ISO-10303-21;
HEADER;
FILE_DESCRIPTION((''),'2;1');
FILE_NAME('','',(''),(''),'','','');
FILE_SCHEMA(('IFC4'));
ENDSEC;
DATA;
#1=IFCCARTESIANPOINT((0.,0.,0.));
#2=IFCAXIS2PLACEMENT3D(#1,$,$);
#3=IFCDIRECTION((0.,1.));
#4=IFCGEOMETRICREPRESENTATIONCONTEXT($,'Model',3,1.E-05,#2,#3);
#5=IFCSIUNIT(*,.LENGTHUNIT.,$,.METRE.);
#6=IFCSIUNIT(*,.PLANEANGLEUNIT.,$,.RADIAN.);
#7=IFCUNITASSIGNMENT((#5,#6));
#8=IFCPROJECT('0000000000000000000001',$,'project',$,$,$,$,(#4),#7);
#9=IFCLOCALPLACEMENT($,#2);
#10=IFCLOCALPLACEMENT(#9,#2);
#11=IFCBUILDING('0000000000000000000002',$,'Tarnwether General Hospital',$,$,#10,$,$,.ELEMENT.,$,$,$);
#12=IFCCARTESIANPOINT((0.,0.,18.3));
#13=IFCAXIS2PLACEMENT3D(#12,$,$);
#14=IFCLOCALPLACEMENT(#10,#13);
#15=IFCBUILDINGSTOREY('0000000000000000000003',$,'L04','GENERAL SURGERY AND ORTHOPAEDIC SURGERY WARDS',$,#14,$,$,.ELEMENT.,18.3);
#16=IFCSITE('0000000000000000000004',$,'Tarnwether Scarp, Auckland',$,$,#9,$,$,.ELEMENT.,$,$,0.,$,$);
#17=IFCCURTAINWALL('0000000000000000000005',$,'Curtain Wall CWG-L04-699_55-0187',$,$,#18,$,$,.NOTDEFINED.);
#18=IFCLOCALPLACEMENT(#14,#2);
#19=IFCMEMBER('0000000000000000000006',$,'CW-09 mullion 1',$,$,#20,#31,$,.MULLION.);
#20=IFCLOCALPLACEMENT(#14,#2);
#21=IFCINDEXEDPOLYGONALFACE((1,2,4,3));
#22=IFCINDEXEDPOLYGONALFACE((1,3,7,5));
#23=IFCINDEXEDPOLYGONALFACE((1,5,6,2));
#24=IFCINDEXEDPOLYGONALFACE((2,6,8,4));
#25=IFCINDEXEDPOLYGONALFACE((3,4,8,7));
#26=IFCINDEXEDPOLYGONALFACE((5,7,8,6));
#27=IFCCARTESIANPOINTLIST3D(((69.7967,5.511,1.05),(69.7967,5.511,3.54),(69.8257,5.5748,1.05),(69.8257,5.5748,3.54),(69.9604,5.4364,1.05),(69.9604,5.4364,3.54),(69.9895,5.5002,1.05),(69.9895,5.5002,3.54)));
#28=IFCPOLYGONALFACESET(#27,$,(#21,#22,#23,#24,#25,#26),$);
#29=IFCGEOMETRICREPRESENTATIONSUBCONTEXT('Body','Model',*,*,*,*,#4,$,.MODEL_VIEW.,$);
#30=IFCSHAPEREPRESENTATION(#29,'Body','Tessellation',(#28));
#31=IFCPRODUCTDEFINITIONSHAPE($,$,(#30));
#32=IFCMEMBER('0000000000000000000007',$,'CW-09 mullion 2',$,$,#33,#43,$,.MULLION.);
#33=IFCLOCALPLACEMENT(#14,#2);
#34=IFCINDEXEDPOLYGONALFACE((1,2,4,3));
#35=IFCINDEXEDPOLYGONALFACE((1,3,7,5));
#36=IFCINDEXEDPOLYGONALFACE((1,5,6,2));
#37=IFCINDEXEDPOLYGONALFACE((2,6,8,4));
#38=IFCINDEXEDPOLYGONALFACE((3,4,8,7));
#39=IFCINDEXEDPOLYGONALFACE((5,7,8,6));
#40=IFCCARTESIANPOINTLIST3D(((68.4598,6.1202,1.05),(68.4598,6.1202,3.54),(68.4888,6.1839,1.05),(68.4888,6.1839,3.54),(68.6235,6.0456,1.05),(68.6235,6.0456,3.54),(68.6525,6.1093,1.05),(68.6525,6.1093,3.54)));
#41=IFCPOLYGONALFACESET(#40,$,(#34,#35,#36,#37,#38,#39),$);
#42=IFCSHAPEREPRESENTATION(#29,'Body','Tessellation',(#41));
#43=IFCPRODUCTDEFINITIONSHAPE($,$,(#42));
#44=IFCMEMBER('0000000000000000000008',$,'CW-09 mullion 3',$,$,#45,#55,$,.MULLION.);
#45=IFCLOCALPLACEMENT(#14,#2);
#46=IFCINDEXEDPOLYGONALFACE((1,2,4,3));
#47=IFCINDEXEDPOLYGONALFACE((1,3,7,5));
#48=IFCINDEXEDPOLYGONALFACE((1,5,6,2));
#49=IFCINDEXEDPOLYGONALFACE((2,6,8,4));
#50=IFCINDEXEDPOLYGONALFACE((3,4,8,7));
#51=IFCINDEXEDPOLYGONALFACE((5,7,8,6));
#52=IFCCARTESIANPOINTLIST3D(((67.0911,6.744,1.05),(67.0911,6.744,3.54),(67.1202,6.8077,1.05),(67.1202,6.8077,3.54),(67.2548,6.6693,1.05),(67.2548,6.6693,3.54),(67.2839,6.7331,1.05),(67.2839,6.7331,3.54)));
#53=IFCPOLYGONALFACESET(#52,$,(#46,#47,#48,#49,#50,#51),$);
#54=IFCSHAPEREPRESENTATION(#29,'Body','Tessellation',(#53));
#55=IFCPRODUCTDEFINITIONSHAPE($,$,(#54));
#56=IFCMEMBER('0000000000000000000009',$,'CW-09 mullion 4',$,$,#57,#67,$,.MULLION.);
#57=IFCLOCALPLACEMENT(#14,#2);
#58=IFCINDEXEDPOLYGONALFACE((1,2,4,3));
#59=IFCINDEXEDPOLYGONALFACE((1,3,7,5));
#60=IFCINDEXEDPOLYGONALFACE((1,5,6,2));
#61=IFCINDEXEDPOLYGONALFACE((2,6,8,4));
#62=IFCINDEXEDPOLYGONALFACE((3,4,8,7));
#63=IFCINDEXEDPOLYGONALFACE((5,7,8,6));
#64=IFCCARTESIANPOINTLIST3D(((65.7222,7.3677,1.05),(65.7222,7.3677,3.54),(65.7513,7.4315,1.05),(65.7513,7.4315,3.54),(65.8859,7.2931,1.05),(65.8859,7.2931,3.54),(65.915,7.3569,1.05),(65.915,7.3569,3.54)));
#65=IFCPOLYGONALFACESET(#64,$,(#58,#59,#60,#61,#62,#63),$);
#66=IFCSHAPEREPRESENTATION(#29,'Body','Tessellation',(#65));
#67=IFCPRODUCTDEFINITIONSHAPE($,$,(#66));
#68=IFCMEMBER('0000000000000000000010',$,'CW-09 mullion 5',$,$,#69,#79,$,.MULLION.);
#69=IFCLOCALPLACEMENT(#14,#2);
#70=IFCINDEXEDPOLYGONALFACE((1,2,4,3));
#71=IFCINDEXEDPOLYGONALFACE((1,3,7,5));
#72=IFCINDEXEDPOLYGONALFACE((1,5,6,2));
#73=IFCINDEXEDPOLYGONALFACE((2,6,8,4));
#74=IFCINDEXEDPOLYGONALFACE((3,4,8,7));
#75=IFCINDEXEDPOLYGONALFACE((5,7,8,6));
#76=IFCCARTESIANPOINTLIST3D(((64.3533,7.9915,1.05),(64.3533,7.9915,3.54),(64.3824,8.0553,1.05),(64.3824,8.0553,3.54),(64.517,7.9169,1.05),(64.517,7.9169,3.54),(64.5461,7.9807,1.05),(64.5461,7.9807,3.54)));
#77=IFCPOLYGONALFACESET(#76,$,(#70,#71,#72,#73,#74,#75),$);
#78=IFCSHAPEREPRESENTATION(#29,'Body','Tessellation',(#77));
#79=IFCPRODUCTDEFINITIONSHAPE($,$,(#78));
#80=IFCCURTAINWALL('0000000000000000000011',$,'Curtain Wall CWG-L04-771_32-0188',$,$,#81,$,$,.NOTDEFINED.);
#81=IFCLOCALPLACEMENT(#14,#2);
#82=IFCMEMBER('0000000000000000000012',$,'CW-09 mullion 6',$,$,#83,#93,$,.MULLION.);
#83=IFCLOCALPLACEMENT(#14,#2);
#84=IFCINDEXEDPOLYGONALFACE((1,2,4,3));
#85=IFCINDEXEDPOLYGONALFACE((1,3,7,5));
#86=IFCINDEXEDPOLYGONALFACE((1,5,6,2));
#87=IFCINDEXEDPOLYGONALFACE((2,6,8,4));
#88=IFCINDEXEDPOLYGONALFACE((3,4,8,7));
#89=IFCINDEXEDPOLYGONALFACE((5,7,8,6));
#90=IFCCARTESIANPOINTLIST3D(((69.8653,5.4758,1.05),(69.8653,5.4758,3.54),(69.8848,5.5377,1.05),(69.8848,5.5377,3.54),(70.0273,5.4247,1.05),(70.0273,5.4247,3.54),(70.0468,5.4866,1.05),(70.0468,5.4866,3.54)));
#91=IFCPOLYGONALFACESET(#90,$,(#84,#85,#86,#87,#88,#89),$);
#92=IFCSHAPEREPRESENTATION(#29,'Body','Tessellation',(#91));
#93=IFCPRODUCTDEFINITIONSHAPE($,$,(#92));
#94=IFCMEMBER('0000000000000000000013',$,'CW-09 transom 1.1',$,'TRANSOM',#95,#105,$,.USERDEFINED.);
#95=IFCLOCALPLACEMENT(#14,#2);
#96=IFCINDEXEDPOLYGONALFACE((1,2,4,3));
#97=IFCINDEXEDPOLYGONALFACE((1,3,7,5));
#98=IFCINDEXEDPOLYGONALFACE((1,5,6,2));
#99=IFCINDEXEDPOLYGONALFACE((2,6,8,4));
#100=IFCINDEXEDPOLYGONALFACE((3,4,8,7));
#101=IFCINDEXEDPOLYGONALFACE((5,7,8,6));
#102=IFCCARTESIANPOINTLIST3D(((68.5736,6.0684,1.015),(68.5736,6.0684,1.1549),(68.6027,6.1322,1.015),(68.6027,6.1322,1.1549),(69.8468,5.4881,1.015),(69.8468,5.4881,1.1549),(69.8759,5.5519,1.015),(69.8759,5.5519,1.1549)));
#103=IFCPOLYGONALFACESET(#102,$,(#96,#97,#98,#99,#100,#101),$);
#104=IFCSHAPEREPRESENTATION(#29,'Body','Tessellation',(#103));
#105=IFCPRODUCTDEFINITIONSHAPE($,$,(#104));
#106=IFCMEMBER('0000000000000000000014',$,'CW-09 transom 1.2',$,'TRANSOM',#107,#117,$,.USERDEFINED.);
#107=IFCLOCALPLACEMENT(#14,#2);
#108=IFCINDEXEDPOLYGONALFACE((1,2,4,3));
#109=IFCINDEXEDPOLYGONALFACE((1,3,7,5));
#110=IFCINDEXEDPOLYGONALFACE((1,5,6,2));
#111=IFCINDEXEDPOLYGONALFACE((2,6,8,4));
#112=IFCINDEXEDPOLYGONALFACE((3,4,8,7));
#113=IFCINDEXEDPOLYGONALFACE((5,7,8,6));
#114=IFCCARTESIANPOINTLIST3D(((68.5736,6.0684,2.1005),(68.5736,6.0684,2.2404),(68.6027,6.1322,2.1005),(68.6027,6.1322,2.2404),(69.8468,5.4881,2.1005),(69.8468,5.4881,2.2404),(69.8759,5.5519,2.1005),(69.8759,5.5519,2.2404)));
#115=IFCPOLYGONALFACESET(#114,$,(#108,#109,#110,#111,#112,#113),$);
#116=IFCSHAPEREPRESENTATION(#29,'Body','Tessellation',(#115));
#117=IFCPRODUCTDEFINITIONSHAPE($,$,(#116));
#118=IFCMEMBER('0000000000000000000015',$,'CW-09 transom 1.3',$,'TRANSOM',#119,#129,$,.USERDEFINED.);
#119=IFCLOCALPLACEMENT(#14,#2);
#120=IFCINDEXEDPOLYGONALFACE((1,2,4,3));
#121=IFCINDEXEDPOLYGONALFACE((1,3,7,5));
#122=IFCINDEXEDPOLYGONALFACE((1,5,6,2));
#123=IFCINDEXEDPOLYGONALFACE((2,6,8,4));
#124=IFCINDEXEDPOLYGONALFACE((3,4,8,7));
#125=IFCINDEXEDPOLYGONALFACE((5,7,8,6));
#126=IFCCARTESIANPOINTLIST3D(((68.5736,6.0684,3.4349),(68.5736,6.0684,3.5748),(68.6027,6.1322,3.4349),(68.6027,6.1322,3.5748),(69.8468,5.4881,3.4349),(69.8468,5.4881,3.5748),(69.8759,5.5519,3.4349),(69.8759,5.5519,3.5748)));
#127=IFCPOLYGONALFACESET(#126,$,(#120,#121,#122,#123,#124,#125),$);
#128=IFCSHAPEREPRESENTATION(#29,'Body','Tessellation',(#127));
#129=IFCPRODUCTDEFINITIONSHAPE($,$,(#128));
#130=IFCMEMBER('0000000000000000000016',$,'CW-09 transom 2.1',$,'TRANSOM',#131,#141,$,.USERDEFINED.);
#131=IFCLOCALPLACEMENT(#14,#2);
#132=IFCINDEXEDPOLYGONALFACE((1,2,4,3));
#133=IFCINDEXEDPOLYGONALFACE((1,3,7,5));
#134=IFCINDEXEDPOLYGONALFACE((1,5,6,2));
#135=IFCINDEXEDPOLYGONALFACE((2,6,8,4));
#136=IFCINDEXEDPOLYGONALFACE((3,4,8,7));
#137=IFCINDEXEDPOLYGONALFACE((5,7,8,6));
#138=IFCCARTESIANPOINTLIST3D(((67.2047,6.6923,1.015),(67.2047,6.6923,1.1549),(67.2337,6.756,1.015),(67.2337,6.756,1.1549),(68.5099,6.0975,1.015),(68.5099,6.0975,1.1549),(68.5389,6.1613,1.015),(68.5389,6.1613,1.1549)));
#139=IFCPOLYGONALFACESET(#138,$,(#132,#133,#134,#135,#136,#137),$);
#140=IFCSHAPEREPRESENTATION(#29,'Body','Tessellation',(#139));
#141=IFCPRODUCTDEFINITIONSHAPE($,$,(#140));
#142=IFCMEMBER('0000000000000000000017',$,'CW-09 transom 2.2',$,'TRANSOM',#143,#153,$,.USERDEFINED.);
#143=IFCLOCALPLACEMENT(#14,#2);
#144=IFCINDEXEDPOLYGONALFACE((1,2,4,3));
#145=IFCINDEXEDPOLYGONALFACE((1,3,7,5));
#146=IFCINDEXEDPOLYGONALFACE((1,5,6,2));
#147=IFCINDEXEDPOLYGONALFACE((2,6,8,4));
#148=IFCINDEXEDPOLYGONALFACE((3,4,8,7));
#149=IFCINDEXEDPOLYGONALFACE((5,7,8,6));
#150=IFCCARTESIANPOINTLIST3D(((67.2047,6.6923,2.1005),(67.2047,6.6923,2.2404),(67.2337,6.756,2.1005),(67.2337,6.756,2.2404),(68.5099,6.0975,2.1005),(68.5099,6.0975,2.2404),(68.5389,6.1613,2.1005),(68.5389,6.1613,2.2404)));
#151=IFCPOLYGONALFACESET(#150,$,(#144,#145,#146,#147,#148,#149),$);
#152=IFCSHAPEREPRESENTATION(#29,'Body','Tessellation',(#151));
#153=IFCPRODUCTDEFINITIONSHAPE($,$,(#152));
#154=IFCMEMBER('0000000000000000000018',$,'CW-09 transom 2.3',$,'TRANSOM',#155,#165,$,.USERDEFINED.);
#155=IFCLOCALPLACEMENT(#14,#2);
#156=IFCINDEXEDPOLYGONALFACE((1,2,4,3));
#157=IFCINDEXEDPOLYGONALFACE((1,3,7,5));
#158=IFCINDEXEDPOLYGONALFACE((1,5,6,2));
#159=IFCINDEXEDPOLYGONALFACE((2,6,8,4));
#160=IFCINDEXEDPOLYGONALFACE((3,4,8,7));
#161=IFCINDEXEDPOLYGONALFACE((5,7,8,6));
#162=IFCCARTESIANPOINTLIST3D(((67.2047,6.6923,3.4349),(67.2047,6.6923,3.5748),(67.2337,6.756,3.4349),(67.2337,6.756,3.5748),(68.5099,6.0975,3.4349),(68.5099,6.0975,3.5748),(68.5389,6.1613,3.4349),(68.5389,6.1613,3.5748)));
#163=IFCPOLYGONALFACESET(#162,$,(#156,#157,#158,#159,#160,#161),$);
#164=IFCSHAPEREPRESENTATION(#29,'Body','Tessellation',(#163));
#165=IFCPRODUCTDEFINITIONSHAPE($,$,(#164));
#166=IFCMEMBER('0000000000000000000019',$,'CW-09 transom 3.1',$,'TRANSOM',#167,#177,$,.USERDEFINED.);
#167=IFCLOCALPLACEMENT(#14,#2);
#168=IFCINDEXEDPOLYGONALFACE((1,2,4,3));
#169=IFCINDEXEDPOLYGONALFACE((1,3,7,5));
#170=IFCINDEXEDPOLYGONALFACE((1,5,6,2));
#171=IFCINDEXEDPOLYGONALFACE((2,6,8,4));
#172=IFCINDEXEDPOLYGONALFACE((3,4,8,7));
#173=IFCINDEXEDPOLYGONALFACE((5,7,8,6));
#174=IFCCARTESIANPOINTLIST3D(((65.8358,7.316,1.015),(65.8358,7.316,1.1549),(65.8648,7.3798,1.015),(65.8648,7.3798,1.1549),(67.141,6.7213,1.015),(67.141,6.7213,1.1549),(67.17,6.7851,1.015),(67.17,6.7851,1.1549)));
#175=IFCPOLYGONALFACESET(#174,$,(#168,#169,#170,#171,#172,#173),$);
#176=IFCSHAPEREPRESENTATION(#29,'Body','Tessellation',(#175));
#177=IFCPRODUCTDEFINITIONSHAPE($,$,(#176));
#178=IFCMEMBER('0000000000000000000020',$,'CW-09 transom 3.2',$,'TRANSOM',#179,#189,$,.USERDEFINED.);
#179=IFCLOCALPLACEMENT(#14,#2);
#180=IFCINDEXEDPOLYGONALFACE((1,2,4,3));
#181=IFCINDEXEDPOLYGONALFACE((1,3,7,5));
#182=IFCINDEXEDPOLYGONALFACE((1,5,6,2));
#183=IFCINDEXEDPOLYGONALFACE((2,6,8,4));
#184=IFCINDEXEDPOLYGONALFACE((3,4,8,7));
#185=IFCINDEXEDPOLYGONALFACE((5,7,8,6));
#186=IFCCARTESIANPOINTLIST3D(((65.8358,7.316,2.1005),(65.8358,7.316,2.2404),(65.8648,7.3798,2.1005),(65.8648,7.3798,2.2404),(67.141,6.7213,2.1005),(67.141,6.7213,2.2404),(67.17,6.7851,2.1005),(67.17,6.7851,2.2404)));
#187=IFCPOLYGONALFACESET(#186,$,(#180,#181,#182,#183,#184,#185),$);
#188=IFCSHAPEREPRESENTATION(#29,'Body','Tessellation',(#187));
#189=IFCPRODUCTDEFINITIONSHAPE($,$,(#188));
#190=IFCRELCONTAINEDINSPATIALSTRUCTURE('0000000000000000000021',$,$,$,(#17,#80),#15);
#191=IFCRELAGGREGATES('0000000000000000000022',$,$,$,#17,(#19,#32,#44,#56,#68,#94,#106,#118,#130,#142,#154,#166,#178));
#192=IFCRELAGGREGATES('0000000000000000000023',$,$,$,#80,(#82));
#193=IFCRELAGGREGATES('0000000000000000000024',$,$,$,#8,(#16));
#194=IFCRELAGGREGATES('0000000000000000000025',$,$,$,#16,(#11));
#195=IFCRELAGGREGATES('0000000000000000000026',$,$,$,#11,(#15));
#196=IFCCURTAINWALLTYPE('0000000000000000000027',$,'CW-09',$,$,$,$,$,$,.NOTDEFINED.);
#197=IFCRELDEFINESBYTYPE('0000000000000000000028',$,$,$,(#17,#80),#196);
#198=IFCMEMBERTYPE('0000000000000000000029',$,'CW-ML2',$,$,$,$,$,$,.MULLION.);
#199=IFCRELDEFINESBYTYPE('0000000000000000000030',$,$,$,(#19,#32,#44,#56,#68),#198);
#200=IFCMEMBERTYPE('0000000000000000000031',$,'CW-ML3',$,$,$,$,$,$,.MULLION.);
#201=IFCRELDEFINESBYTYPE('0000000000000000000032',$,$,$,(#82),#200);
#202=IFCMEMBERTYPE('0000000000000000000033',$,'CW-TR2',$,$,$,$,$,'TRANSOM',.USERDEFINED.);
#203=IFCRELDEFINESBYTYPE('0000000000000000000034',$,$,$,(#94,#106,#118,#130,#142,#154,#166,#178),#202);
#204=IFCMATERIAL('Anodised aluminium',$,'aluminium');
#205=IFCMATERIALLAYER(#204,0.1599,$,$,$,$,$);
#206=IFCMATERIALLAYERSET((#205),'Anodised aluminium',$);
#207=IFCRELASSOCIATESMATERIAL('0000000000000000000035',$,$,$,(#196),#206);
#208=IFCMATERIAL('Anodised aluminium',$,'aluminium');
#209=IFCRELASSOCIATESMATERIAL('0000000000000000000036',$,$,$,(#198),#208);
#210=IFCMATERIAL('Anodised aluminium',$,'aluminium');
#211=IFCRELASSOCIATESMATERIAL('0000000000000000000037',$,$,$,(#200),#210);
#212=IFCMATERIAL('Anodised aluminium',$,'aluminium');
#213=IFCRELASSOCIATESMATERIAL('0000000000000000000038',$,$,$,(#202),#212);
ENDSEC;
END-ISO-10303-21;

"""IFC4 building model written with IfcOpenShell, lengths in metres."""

from ifc_helpers import new_model, si_unit, direction, frame, origin, origin_2d, place, context, subcontext, project, spatial, rectangle, extrude, material, layer, layer_set, material_profile, profile_set, type_object, element, aggregate, save


model = new_model("IFC4")

# Units and contexts
model_context = context("Model", 3, precision=1e-05, world=origin(), true_north=direction((0.0, 1.0)))
body_context = subcontext(model_context, "Body", "Model", "MODEL_VIEW")
ifc_project = project(units=[si_unit("LENGTHUNIT", "METRE"), si_unit("PLANEANGLEUNIT", "RADIAN")], contexts=[model_context])

# Site, building, storey
site_placement = place(None, origin())
site = spatial("IfcSite", under=ifc_project, at=site_placement, Name="Tarnwether Scarp, Auckland", CompositionType="ELEMENT", RefElevation=0.0)
building_placement = place(site_placement, origin())
building = spatial("IfcBuilding", under=site, at=building_placement, Name="Tarnwether General Hospital", CompositionType="ELEMENT")
storey_placement = place(building_placement, frame((0.0, 0.0, 18.3)))
storey = spatial("IfcBuildingStorey", under=building, at=storey_placement, Name="L04", Description="GENERAL SURGERY AND ORTHOPAEDIC SURGERY WARDS", CompositionType="ELEMENT", Elevation=18.3)

# Curtain wall, members
ifc_material_1 = material(Name="Anodised aluminium", Category="aluminium")
ifc_layer_1 = layer(ifc_material_1, 0.1599)
ifc_layer_set_1 = layer_set([ifc_layer_1], Name="Anodised aluminium")
curtain_wall_type = type_object("IfcCurtainWallType", Name="CW-09", PredefinedType="NOTDEFINED", material=ifc_layer_set_1)
curtain_wall_1_placement = place(storey_placement, origin())
curtain_wall_1 = element("IfcCurtainWall", 1, at=curtain_wall_1_placement, inside=storey, type_object=curtain_wall_type, Name="Curtain Wall CWG-L04-699_55-0187", PredefinedType="NOTDEFINED")
ifc_material_2 = material(Name="Anodised aluminium", Category="aluminium")
ifc_material_profile_1 = material_profile(ifc_material_2, rectangle(XDim=0.0701, YDim=0.1799, at=origin_2d()), Name="ALU-MUL-70x180")
ifc_profile_set_1 = profile_set([ifc_material_profile_1], Name="Anodised aluminium")
member_type_1 = type_object("IfcMemberType", Name="CW-ML2", PredefinedType="MULLION", material=ifc_profile_set_1)
member_1_placement = place(storey_placement, frame((69.8931, 5.5056, 1.05), z_axis=(0.0, 0.0, 1.0), x_axis=(-0.414694, -0.909961, 0.0)))
member_1 = element("IfcMember", 2, at=member_1_placement, type_object=member_type_1, Name="CW-09 mullion 1", PredefinedType="MULLION", context=body_context, shape_type="SweptSolid", body=[
    extrude(rectangle(XDim=0.0701, YDim=0.1799, at=origin_2d()), origin(), (0.0, 0.0, 1.0), 2.49),
])
member_2_placement = place(storey_placement, frame((68.5562, 6.1147, 1.05), z_axis=(0.0, 0.0, 1.0), x_axis=(-0.414694, -0.909961, 0.0)))
member_2 = element("IfcMember", 3, at=member_2_placement, type_object=member_type_1, Name="CW-09 mullion 2", PredefinedType="MULLION", context=body_context, shape_type="SweptSolid", body=[
    extrude(rectangle(XDim=0.0701, YDim=0.1799, at=origin_2d()), origin(), (0.0, 0.0, 1.0), 2.49),
])
member_3_placement = place(storey_placement, frame((67.1875, 6.7385, 1.05), z_axis=(0.0, 0.0, 1.0), x_axis=(-0.414694, -0.909961, 0.0)))
member_3 = element("IfcMember", 4, at=member_3_placement, type_object=member_type_1, Name="CW-09 mullion 3", PredefinedType="MULLION", context=body_context, shape_type="SweptSolid", body=[
    extrude(rectangle(XDim=0.0701, YDim=0.1799, at=origin_2d()), origin(), (0.0, 0.0, 1.0), 2.49),
])
member_4_placement = place(storey_placement, frame((65.8186, 7.3623, 1.05), z_axis=(0.0, 0.0, 1.0), x_axis=(-0.414694, -0.909961, 0.0)))
member_4 = element("IfcMember", 5, at=member_4_placement, type_object=member_type_1, Name="CW-09 mullion 4", PredefinedType="MULLION", context=body_context, shape_type="SweptSolid", body=[
    extrude(rectangle(XDim=0.0701, YDim=0.1799, at=origin_2d()), origin(), (0.0, 0.0, 1.0), 2.49),
])
member_5_placement = place(storey_placement, frame((64.4497, 7.9861, 1.05), z_axis=(0.0, 0.0, 1.0), x_axis=(-0.414694, -0.909961, 0.0)))
member_5 = element("IfcMember", 6, at=member_5_placement, type_object=member_type_1, Name="CW-09 mullion 5", PredefinedType="MULLION", context=body_context, shape_type="SweptSolid", body=[
    extrude(rectangle(XDim=0.0701, YDim=0.1799, at=origin_2d()), origin(), (0.0, 0.0, 1.0), 2.49),
])

# Curtain wall, member
curtain_wall_2_placement = place(storey_placement, origin())
curtain_wall_2 = element("IfcCurtainWall", 7, at=curtain_wall_2_placement, inside=storey, type_object=curtain_wall_type, Name="Curtain Wall CWG-L04-771_32-0188", PredefinedType="NOTDEFINED")
ifc_material_3 = material(Name="Anodised aluminium", Category="aluminium")
ifc_material_profile_2 = material_profile(ifc_material_3, rectangle(XDim=0.0649, YDim=0.1699, at=origin_2d()), Name="ALU-MUL-65x170")
ifc_profile_set_2 = profile_set([ifc_material_profile_2], Name="Anodised aluminium")
member_type_2 = type_object("IfcMemberType", Name="CW-ML3", PredefinedType="MULLION", material=ifc_profile_set_2)
member_6_placement = place(storey_placement, frame((69.9561, 5.4812, 1.05), z_axis=(0.0, 0.0, 1.0), x_axis=(-0.300629, -0.953741, 0.0)))
member_6 = element("IfcMember", 8, at=member_6_placement, type_object=member_type_2, Name="CW-09 mullion 6", PredefinedType="MULLION", context=body_context, shape_type="SweptSolid", body=[
    extrude(rectangle(XDim=0.0649, YDim=0.1699, at=origin_2d()), origin(), (0.0, 0.0, 1.0), 2.49),
])

# Members
ifc_material_4 = material(Name="Anodised aluminium", Category="aluminium")
ifc_material_profile_3 = material_profile(ifc_material_4, rectangle(XDim=0.0701, YDim=0.1399, at=origin_2d()), Name="ALU-TRN-70x140")
ifc_profile_set_3 = profile_set([ifc_material_profile_3], Name="Anodised aluminium")
member_type_3 = type_object("IfcMemberType", Name="CW-TR2", ElementType="TRANSOM", PredefinedType="USERDEFINED", material=ifc_profile_set_3)
member_7_placement = place(storey_placement, frame((69.8613, 5.52, 1.085), z_axis=(-0.909936, 0.414749, 0.0), x_axis=(-0.414749, -0.909936, 0.0)))
member_7 = element("IfcMember", 9, at=member_7_placement, type_object=member_type_3, Name="CW-09 transom 1.1", ObjectType="TRANSOM", PredefinedType="USERDEFINED", context=body_context, shape_type="SweptSolid", body=[
    extrude(rectangle(XDim=0.0701, YDim=0.1399, at=origin_2d()), origin(), (0.0, 0.0, 1.0), 1.3992),
])
member_8_placement = place(storey_placement, frame((69.8613, 5.52, 2.1704), z_axis=(-0.909936, 0.414749, 0.0), x_axis=(-0.414749, -0.909936, 0.0)))
member_8 = element("IfcMember", 10, at=member_8_placement, type_object=member_type_3, Name="CW-09 transom 1.2", ObjectType="TRANSOM", PredefinedType="USERDEFINED", context=body_context, shape_type="SweptSolid", body=[
    extrude(rectangle(XDim=0.0701, YDim=0.1399, at=origin_2d()), origin(), (0.0, 0.0, 1.0), 1.3992),
])
member_9_placement = place(storey_placement, frame((69.8613, 5.52, 3.5049), z_axis=(-0.909936, 0.414749, 0.0), x_axis=(-0.414749, -0.909936, 0.0)))
member_9 = element("IfcMember", 11, at=member_9_placement, type_object=member_type_3, Name="CW-09 transom 1.3", ObjectType="TRANSOM", PredefinedType="USERDEFINED", context=body_context, shape_type="SweptSolid", body=[
    extrude(rectangle(XDim=0.0701, YDim=0.1399, at=origin_2d()), origin(), (0.0, 0.0, 1.0), 1.3992),
])
member_10_placement = place(storey_placement, frame((68.5244, 6.1294, 1.085), z_axis=(-0.909981, 0.414649, 0.0), x_axis=(-0.414649, -0.909981, 0.0)))
member_10 = element("IfcMember", 12, at=member_10_placement, type_object=member_type_3, Name="CW-09 transom 2.1", ObjectType="TRANSOM", PredefinedType="USERDEFINED", context=body_context, shape_type="SweptSolid", body=[
    extrude(rectangle(XDim=0.0701, YDim=0.1399, at=origin_2d()), origin(), (0.0, 0.0, 1.0), 1.4343),
])
member_11_placement = place(storey_placement, frame((68.5244, 6.1294, 2.1704), z_axis=(-0.909981, 0.414649, 0.0), x_axis=(-0.414649, -0.909981, 0.0)))
member_11 = element("IfcMember", 13, at=member_11_placement, type_object=member_type_3, Name="CW-09 transom 2.2", ObjectType="TRANSOM", PredefinedType="USERDEFINED", context=body_context, shape_type="SweptSolid", body=[
    extrude(rectangle(XDim=0.0701, YDim=0.1399, at=origin_2d()), origin(), (0.0, 0.0, 1.0), 1.4343),
])
member_12_placement = place(storey_placement, frame((68.5244, 6.1294, 3.5049), z_axis=(-0.909981, 0.414649, 0.0), x_axis=(-0.414649, -0.909981, 0.0)))
member_12 = element("IfcMember", 14, at=member_12_placement, type_object=member_type_3, Name="CW-09 transom 2.3", ObjectType="TRANSOM", PredefinedType="USERDEFINED", context=body_context, shape_type="SweptSolid", body=[
    extrude(rectangle(XDim=0.0701, YDim=0.1399, at=origin_2d()), origin(), (0.0, 0.0, 1.0), 1.4343),
])
member_13_placement = place(storey_placement, frame((67.1555, 6.7532, 1.085), z_axis=(-0.909981, 0.414649, 0.0), x_axis=(-0.414649, -0.909981, 0.0)))
member_13 = element("IfcMember", 15, at=member_13_placement, type_object=member_type_3, Name="CW-09 transom 3.1", ObjectType="TRANSOM", PredefinedType="USERDEFINED", context=body_context, shape_type="SweptSolid", body=[
    extrude(rectangle(XDim=0.0701, YDim=0.1399, at=origin_2d()), origin(), (0.0, 0.0, 1.0), 1.4343),
])
member_14_placement = place(storey_placement, frame((67.1555, 6.7532, 2.1704), z_axis=(-0.909981, 0.414649, 0.0), x_axis=(-0.414649, -0.909981, 0.0)))
member_14 = element("IfcMember", 16, at=member_14_placement, type_object=member_type_3, Name="CW-09 transom 3.2", ObjectType="TRANSOM", PredefinedType="USERDEFINED", context=body_context, shape_type="SweptSolid", body=[
    extrude(rectangle(XDim=0.0701, YDim=0.1399, at=origin_2d()), origin(), (0.0, 0.0, 1.0), 1.4343),
])

aggregate(curtain_wall_1, [member_1, member_2, member_3, member_4, member_5, member_7, member_8, member_9, member_10, member_11, member_12, member_13, member_14])
aggregate(curtain_wall_2, [member_6])

save(model, "model.ifc")
